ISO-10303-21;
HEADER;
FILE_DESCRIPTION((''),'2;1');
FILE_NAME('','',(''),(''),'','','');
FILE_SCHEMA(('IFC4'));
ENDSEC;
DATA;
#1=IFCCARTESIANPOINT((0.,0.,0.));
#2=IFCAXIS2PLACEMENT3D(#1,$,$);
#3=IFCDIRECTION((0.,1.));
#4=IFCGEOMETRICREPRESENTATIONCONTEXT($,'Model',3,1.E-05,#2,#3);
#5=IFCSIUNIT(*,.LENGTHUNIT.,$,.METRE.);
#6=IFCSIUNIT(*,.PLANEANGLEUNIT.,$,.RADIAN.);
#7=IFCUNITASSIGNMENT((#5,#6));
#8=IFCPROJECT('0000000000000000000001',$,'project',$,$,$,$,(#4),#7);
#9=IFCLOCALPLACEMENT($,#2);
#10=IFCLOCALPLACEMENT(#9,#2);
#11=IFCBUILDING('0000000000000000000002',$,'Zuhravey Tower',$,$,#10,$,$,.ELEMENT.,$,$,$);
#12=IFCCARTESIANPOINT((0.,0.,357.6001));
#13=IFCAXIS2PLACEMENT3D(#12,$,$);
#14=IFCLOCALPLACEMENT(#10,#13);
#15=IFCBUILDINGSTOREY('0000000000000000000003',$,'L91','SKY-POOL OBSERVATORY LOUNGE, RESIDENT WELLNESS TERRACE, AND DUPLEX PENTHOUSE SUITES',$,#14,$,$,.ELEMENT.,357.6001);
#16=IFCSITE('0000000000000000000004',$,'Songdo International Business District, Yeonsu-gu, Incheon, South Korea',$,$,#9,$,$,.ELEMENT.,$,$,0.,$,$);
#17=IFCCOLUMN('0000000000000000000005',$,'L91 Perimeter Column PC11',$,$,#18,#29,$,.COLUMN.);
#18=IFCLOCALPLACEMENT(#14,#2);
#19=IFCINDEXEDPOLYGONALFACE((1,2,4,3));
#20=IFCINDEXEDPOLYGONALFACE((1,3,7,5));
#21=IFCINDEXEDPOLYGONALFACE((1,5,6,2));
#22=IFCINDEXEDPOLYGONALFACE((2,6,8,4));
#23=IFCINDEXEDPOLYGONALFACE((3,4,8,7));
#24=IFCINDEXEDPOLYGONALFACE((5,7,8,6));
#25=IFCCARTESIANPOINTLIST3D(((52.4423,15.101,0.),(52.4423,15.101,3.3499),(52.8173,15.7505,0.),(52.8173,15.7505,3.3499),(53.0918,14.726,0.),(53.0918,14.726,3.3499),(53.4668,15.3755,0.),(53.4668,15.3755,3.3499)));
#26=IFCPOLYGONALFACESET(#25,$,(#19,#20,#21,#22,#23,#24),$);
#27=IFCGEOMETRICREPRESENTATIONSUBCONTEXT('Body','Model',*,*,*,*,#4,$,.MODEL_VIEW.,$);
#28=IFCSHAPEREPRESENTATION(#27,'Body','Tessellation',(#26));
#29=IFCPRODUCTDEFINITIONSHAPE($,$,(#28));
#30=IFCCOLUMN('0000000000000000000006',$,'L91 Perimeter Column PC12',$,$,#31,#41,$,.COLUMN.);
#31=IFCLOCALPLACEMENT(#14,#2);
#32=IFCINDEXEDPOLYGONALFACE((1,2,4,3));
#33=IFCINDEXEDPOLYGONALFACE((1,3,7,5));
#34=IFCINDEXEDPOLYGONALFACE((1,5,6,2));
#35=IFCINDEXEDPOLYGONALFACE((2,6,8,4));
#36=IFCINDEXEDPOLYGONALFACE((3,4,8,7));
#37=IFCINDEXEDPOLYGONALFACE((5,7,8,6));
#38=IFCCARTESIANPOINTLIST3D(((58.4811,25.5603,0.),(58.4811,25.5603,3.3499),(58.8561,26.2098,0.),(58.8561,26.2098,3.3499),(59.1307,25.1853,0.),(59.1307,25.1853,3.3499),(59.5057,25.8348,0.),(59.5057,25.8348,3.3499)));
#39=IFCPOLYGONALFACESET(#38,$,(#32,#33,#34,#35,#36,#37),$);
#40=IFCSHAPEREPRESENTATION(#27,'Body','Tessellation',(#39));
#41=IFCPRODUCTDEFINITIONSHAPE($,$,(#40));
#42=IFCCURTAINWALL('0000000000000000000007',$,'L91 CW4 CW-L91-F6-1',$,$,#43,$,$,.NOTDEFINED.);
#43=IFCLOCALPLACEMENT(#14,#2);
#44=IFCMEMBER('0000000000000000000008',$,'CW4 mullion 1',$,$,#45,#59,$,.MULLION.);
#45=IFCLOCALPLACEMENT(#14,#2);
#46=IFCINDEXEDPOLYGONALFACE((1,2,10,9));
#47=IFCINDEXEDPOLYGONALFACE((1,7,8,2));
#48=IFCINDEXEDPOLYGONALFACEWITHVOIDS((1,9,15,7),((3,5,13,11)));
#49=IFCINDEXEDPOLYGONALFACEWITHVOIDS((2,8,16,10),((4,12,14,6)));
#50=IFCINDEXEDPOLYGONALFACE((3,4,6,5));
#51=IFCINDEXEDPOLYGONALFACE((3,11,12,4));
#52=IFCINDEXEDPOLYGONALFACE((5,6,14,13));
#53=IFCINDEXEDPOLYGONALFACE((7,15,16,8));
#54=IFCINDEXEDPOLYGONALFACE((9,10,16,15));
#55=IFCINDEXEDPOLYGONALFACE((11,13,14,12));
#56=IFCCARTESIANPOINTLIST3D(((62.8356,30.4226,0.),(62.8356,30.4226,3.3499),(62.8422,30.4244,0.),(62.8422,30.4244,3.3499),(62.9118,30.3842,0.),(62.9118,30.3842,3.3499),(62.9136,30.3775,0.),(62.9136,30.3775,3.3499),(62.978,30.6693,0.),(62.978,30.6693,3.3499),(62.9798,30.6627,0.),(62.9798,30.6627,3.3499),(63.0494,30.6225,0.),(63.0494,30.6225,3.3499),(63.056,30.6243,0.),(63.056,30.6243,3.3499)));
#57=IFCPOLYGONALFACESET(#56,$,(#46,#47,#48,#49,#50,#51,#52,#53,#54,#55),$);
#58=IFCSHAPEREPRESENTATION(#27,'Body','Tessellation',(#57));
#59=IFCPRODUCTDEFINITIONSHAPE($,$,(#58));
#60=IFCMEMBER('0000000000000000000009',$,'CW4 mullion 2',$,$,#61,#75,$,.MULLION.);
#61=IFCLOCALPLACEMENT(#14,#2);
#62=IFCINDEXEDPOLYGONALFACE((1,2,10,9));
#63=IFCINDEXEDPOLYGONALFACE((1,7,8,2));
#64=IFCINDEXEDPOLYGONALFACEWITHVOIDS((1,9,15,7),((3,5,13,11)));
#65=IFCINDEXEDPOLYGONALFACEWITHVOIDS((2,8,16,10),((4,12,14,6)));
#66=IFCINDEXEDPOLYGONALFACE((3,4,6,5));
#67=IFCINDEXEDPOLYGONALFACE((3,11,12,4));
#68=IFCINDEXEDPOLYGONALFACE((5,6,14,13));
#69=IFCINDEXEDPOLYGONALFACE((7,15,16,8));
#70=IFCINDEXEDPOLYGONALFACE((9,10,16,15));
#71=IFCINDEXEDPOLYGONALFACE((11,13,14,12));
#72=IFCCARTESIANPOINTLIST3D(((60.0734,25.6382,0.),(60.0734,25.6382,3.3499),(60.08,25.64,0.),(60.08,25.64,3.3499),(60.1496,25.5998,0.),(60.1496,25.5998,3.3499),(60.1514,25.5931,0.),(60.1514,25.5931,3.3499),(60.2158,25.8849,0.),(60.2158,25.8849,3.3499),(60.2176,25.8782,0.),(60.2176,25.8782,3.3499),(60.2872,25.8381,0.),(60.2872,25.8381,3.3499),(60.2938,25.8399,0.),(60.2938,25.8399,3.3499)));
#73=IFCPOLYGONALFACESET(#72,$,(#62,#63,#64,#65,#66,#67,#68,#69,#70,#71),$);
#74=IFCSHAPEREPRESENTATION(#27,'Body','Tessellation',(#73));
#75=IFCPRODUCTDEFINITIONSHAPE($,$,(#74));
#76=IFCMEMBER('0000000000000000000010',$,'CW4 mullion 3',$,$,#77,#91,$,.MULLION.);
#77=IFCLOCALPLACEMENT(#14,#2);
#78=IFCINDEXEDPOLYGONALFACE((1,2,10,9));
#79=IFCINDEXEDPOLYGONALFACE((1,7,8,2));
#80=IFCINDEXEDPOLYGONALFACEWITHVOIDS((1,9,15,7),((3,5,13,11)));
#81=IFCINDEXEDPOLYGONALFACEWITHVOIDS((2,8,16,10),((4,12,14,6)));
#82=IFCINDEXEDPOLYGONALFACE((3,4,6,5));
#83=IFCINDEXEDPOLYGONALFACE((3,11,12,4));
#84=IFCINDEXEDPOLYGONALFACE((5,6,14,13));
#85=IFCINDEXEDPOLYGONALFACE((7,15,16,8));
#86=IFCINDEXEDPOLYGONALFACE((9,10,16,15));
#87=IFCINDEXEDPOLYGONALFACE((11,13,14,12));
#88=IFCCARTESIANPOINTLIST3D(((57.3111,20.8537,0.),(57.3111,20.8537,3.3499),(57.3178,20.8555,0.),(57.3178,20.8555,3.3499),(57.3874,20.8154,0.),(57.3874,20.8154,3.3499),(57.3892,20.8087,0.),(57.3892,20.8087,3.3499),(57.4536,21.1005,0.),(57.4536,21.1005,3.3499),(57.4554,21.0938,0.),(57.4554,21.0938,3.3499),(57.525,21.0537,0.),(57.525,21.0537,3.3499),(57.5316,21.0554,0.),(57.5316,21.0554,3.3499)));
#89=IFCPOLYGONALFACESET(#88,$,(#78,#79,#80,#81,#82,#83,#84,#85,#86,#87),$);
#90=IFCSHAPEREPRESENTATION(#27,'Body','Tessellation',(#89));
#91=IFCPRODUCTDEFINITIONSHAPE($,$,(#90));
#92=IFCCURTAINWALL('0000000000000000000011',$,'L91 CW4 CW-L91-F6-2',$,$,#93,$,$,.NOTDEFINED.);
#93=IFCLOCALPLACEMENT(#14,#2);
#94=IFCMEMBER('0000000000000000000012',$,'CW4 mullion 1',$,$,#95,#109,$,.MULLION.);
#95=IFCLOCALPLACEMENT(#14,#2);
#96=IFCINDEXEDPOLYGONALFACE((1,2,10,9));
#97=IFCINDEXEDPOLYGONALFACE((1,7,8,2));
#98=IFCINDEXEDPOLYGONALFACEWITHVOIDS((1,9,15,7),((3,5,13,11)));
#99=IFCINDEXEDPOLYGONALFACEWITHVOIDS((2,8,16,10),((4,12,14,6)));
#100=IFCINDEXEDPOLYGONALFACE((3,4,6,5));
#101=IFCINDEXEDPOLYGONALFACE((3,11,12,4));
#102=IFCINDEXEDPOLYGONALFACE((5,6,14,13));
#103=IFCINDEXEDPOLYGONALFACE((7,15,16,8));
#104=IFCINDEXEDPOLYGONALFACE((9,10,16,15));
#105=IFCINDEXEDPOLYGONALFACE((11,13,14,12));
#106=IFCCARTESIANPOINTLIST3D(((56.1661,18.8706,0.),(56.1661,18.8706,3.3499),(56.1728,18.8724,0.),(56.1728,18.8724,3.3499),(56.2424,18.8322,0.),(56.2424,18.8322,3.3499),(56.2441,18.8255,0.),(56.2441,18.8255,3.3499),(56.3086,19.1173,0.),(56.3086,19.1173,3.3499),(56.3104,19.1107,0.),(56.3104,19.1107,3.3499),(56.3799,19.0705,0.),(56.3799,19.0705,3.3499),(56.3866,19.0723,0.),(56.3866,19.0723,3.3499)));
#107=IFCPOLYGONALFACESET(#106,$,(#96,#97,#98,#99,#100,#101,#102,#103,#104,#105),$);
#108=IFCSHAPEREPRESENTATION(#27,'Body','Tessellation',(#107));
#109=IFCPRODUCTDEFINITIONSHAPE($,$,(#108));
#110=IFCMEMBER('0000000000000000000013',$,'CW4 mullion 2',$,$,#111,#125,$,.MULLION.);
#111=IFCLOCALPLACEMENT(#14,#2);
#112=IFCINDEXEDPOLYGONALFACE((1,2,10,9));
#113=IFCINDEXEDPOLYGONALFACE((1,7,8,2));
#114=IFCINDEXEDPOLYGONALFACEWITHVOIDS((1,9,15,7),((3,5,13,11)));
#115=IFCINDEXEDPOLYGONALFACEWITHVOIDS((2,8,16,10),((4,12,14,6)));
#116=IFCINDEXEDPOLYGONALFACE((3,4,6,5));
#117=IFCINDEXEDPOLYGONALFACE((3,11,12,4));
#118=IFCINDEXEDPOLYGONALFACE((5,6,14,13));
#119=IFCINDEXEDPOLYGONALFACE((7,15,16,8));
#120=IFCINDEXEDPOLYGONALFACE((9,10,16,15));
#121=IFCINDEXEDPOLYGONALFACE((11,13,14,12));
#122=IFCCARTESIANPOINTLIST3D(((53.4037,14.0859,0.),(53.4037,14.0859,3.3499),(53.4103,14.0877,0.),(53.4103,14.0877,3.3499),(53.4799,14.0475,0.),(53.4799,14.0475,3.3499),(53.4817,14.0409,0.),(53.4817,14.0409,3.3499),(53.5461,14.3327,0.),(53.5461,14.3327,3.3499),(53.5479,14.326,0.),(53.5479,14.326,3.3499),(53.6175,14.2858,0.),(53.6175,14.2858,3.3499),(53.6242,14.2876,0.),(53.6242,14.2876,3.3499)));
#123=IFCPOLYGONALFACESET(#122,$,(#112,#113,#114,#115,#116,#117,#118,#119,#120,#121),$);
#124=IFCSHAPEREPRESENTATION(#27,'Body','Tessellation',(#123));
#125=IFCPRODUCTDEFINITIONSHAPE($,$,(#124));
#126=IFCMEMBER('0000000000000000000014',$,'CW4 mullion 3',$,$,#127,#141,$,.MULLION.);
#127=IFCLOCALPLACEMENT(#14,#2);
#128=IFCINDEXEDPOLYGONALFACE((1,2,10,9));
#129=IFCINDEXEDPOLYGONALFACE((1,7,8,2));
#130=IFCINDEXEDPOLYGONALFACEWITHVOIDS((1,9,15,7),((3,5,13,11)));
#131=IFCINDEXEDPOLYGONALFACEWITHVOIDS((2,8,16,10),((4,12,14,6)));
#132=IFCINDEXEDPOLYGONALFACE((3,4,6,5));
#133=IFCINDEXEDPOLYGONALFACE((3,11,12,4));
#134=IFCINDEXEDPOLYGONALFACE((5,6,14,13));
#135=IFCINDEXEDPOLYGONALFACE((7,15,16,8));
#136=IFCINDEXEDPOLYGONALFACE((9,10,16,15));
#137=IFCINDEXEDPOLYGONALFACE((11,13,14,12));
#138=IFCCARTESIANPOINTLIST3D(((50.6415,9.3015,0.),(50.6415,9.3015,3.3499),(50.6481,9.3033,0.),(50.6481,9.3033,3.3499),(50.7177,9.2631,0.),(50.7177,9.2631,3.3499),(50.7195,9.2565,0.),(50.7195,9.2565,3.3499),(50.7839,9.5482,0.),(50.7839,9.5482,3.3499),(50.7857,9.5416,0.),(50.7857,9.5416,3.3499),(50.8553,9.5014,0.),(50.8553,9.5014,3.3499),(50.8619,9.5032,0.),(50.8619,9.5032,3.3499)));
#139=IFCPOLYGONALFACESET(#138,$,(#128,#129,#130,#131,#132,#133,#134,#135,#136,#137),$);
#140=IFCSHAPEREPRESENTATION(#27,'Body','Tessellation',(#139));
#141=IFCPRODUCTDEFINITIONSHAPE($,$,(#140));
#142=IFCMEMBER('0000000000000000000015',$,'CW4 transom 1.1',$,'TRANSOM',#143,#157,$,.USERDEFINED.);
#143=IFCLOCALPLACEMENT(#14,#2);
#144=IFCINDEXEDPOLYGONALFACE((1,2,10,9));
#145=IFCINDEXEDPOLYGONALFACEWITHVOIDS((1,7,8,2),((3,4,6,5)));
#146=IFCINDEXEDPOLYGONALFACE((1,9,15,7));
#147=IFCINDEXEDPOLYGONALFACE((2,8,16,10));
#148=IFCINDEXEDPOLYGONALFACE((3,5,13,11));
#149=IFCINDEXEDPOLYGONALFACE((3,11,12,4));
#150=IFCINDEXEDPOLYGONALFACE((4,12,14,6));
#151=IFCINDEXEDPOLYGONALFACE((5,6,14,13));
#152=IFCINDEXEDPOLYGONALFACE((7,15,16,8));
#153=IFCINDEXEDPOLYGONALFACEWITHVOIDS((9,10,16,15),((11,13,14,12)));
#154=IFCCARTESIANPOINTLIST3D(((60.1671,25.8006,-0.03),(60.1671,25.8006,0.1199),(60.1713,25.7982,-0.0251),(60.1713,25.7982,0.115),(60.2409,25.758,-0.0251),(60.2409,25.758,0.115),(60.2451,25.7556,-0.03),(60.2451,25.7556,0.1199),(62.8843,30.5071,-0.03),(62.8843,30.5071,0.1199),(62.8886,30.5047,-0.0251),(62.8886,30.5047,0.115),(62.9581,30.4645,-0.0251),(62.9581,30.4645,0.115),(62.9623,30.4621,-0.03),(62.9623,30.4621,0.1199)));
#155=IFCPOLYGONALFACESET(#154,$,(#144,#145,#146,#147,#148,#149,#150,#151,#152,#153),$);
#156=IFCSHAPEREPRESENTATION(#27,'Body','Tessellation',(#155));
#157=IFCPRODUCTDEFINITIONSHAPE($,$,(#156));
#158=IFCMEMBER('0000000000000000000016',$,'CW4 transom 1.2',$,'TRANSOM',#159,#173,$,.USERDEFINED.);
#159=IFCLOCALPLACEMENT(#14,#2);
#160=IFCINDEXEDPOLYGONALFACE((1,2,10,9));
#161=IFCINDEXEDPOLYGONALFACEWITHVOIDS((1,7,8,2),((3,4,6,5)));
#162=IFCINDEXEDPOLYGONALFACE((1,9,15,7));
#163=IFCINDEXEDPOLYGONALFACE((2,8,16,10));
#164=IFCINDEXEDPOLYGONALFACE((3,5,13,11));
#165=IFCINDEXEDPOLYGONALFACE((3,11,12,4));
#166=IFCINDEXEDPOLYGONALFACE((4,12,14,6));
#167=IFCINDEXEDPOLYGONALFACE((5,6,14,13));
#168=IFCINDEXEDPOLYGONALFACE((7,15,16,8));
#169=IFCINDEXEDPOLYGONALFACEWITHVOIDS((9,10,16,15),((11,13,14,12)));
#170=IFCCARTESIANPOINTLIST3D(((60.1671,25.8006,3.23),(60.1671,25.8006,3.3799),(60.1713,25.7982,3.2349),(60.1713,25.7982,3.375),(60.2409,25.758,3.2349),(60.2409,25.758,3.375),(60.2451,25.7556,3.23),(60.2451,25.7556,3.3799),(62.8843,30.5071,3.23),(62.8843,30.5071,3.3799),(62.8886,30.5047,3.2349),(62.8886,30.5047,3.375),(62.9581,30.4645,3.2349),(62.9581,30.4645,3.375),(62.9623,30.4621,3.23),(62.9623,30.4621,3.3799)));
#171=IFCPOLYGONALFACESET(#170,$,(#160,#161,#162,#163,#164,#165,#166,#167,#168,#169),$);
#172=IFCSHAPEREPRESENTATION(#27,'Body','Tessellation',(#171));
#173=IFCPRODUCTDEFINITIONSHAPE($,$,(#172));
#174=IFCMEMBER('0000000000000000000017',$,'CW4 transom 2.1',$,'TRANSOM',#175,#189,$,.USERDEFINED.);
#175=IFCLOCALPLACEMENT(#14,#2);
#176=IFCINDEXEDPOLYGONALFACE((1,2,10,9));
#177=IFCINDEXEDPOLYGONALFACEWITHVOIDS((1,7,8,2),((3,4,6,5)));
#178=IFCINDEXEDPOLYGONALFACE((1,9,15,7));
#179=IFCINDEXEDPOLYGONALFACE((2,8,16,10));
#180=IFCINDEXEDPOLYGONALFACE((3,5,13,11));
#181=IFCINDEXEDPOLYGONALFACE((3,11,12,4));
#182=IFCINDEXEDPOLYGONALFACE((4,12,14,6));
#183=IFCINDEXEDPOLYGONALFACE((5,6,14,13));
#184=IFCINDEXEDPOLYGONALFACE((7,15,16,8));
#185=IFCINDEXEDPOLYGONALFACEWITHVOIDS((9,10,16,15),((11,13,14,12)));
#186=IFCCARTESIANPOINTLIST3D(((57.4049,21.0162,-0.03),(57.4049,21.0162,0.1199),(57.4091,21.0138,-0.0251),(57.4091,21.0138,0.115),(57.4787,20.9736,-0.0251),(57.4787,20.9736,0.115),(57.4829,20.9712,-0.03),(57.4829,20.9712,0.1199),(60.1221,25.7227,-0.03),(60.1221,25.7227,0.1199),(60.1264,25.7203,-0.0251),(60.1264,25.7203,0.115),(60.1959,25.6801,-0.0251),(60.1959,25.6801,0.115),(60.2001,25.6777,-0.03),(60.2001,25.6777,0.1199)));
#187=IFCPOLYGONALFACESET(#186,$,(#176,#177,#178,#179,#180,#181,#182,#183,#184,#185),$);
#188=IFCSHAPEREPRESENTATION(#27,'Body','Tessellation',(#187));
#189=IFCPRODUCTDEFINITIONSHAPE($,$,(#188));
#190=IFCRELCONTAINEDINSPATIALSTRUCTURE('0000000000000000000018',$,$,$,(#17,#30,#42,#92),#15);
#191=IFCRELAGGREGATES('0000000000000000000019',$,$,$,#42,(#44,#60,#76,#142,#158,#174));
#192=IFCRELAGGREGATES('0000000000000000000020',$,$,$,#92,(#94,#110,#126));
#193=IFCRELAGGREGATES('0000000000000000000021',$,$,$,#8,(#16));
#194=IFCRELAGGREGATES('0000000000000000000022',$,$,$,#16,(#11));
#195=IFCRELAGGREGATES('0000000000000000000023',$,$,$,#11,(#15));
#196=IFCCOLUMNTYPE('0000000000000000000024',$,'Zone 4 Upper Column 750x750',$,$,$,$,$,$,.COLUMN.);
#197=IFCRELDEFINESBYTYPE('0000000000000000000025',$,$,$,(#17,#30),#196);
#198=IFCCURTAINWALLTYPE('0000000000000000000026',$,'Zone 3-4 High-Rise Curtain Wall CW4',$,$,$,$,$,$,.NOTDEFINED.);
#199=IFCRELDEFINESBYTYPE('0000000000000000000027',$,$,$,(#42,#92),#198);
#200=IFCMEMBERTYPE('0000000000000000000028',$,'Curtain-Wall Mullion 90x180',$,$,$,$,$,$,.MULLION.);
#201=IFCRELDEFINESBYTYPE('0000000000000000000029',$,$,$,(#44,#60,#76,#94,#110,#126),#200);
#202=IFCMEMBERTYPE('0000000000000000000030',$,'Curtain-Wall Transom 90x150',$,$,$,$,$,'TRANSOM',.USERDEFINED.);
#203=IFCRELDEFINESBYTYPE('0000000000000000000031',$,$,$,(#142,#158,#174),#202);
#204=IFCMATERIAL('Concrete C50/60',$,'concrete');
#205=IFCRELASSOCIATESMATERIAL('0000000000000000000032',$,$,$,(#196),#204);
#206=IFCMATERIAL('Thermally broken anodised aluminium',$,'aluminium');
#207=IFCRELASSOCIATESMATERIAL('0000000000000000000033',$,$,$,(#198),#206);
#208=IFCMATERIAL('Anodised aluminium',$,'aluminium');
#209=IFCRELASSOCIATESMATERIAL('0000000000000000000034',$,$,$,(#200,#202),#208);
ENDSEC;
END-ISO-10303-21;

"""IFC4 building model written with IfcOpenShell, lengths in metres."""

from ifc_helpers import new_model, si_unit, direction, frame, origin, origin_2d, place, context, subcontext, project, spatial, rectangle, hollow_rectangle, extrude, material, material_profile, profile_set, type_object, element, aggregate, save


model = new_model("IFC4")

# Units and contexts
model_context = context("Model", 3, precision=1e-05, world=origin(), true_north=direction((0.0, 1.0)))
body_context = subcontext(model_context, "Body", "Model", "MODEL_VIEW")
ifc_project = project(units=[si_unit("LENGTHUNIT", "METRE"), si_unit("PLANEANGLEUNIT", "RADIAN")], contexts=[model_context])

# Site, building, storey
site_placement = place(None, origin())
site = spatial("IfcSite", under=ifc_project, at=site_placement, Name="Songdo International Business District, Yeonsu-gu, Incheon, South Korea", CompositionType="ELEMENT", RefElevation=0.0)
building_placement = place(site_placement, origin())
building = spatial("IfcBuilding", under=site, at=building_placement, Name="Zuhravey Tower", CompositionType="ELEMENT")
storey_placement = place(building_placement, frame((0.0, 0.0, 357.6001)))
storey = spatial("IfcBuildingStorey", under=building, at=storey_placement, Name="L91", Description="SKY-POOL OBSERVATORY LOUNGE, RESIDENT WELLNESS TERRACE, AND DUPLEX PENTHOUSE SUITES", CompositionType="ELEMENT", Elevation=357.6001)

# Columns
ifc_material_1 = material(Name="Concrete C50/60", Category="concrete")
ifc_material_profile_1 = material_profile(ifc_material_1, rectangle(XDim=0.75, YDim=0.75, at=origin_2d()), Name="RC-750x750")
ifc_profile_set_1 = profile_set([ifc_material_profile_1], Name="Concrete C50/60")
column_type = type_object("IfcColumnType", Name="Zone 4 Upper Column 750x750", PredefinedType="COLUMN", material=ifc_profile_set_1)
for number, where, z_axis, x_axis, name in (
    (1, (52.9546, 15.2383, 0.0), (0.0, 0.0, 1.0), (0.5, 0.866025, 0.0), "L91 Perimeter Column PC11"),
    (2, (58.9934, 25.6975, 0.0), (0.0, 0.0, 1.0), (0.5, 0.866025, 0.0), "L91 Perimeter Column PC12"),
):
    element("IfcColumn", number, at=place(storey_placement, frame(where, z_axis=z_axis, x_axis=x_axis)), inside=storey, type_object=column_type, Name=name, PredefinedType="COLUMN", context=body_context, shape_type="SweptSolid", body=[
        extrude(rectangle(XDim=0.75, YDim=0.75, at=origin_2d()), origin(), (0.0, 0.0, 1.0), 3.3499),
    ])

# Curtain walls, members
ifc_material_2 = material(Name="Thermally broken anodised aluminium", Category="aluminium")
curtain_wall_type = type_object("IfcCurtainWallType", Name="Zone 3-4 High-Rise Curtain Wall CW4", PredefinedType="NOTDEFINED", material=ifc_material_2)
curtain_wall_1_placement = place(storey_placement, origin())
curtain_wall_1 = element("IfcCurtainWall", 3, at=curtain_wall_1_placement, inside=storey, type_object=curtain_wall_type, Name="L91 CW4 CW-L91-F6-1", PredefinedType="NOTDEFINED")
ifc_material_3 = material(Name="Anodised aluminium", Category="aluminium")
ifc_material_profile_2 = material_profile(ifc_material_3, hollow_rectangle(XDim=0.0901, YDim=0.2849, WallThickness=0.0049, at=origin_2d()), Name="ALU-RHS-90x285x5")
ifc_profile_set_2 = profile_set([ifc_material_profile_2], Name="Anodised aluminium")
member_type_1 = type_object("IfcMemberType", Name="Curtain-Wall Mullion 90x180", PredefinedType="MULLION", material=ifc_profile_set_2)
member_1_placement = place(storey_placement, frame((62.9458, 30.5234, 0.0), z_axis=(0.0, 0.0, 1.0), x_axis=(0.866027, -0.499997, 0.0)))
member_1 = element("IfcMember", 4, at=member_1_placement, type_object=member_type_1, Name="CW4 mullion 1", PredefinedType="MULLION", context=body_context, shape_type="SweptSolid", body=[
    extrude(hollow_rectangle(XDim=0.0901, YDim=0.2849, WallThickness=0.0049, at=origin_2d()), origin(), (0.0, 0.0, 1.0), 3.3499),
])
member_2_placement = place(storey_placement, frame((60.1836, 25.739, 0.0), z_axis=(0.0, 0.0, 1.0), x_axis=(0.866027, -0.499997, 0.0)))
member_2 = element("IfcMember", 5, at=member_2_placement, type_object=member_type_1, Name="CW4 mullion 2", PredefinedType="MULLION", context=body_context, shape_type="SweptSolid", body=[
    extrude(hollow_rectangle(XDim=0.0901, YDim=0.2849, WallThickness=0.0049, at=origin_2d()), origin(), (0.0, 0.0, 1.0), 3.3499),
])
member_3_placement = place(storey_placement, frame((57.4214, 20.9546, 0.0), z_axis=(0.0, 0.0, 1.0), x_axis=(0.866027, -0.499997, 0.0)))
member_3 = element("IfcMember", 6, at=member_3_placement, type_object=member_type_1, Name="CW4 mullion 3", PredefinedType="MULLION", context=body_context, shape_type="SweptSolid", body=[
    extrude(hollow_rectangle(XDim=0.0901, YDim=0.2849, WallThickness=0.0049, at=origin_2d()), origin(), (0.0, 0.0, 1.0), 3.3499),
])
curtain_wall_2_placement = place(storey_placement, origin())
curtain_wall_2 = element("IfcCurtainWall", 7, at=curtain_wall_2_placement, inside=storey, type_object=curtain_wall_type, Name="L91 CW4 CW-L91-F6-2", PredefinedType="NOTDEFINED")
member_4_placement = place(storey_placement, frame((56.2764, 18.9714, 0.0), z_axis=(0.0, 0.0, 1.0), x_axis=(0.866023, -0.500004, 0.0)))
member_4 = element("IfcMember", 8, at=member_4_placement, type_object=member_type_1, Name="CW4 mullion 1", PredefinedType="MULLION", context=body_context, shape_type="SweptSolid", body=[
    extrude(hollow_rectangle(XDim=0.0901, YDim=0.2849, WallThickness=0.0049, at=origin_2d()), origin(), (0.0, 0.0, 1.0), 3.3499),
])
member_5_placement = place(storey_placement, frame((53.5139, 14.1868, 0.0), z_axis=(0.0, 0.0, 1.0), x_axis=(0.866023, -0.500004, 0.0)))
member_5 = element("IfcMember", 9, at=member_5_placement, type_object=member_type_1, Name="CW4 mullion 2", PredefinedType="MULLION", context=body_context, shape_type="SweptSolid", body=[
    extrude(hollow_rectangle(XDim=0.0901, YDim=0.2849, WallThickness=0.0049, at=origin_2d()), origin(), (0.0, 0.0, 1.0), 3.3499),
])
member_6_placement = place(storey_placement, frame((50.7517, 9.4023, 0.0), z_axis=(0.0, 0.0, 1.0), x_axis=(0.866023, -0.500004, 0.0)))
member_6 = element("IfcMember", 10, at=member_6_placement, type_object=member_type_1, Name="CW4 mullion 3", PredefinedType="MULLION", context=body_context, shape_type="SweptSolid", body=[
    extrude(hollow_rectangle(XDim=0.0901, YDim=0.2849, WallThickness=0.0049, at=origin_2d()), origin(), (0.0, 0.0, 1.0), 3.3499),
])

# Members
ifc_material_profile_3 = material_profile(ifc_material_3, hollow_rectangle(XDim=0.0901, YDim=0.1499, WallThickness=0.0049, at=origin_2d()), Name="ALU-RHS-90x150x5")
ifc_profile_set_3 = profile_set([ifc_material_profile_3], Name="Anodised aluminium")
member_type_2 = type_object("IfcMemberType", Name="Curtain-Wall Transom 90x150", ElementType="TRANSOM", PredefinedType="USERDEFINED", material=ifc_profile_set_3)
member_7_placement = place(storey_placement, frame((62.9233, 30.4846, 0.0449), z_axis=(-0.499995, -0.866028, 0.0), x_axis=(0.866028, -0.499995, 0.0)))
member_7 = element("IfcMember", 11, at=member_7_placement, type_object=member_type_2, Name="CW4 transom 1.1", ObjectType="TRANSOM", PredefinedType="USERDEFINED", context=body_context, shape_type="SweptSolid", body=[
    extrude(hollow_rectangle(XDim=0.0901, YDim=0.1499, WallThickness=0.0049, at=origin_2d()), origin(), (0.0, 0.0, 1.0), 5.4346),
])
member_8_placement = place(storey_placement, frame((62.9233, 30.4846, 3.3049), z_axis=(-0.499995, -0.866028, 0.0), x_axis=(0.866028, -0.499995, 0.0)))
member_8 = element("IfcMember", 12, at=member_8_placement, type_object=member_type_2, Name="CW4 transom 1.2", ObjectType="TRANSOM", PredefinedType="USERDEFINED", context=body_context, shape_type="SweptSolid", body=[
    extrude(hollow_rectangle(XDim=0.0901, YDim=0.1499, WallThickness=0.0049, at=origin_2d()), origin(), (0.0, 0.0, 1.0), 5.4346),
])
member_9_placement = place(storey_placement, frame((60.1611, 25.7002, 0.0449), z_axis=(-0.499995, -0.866028, 0.0), x_axis=(0.866028, -0.499995, 0.0)))
member_9 = element("IfcMember", 13, at=member_9_placement, type_object=member_type_2, Name="CW4 transom 2.1", ObjectType="TRANSOM", PredefinedType="USERDEFINED", context=body_context, shape_type="SweptSolid", body=[
    extrude(hollow_rectangle(XDim=0.0901, YDim=0.1499, WallThickness=0.0049, at=origin_2d()), origin(), (0.0, 0.0, 1.0), 5.4346),
])

aggregate(curtain_wall_1, [member_1, member_2, member_3, member_7, member_8, member_9])
aggregate(curtain_wall_2, [member_4, member_5, member_6])

save(model, "model.ifc")
